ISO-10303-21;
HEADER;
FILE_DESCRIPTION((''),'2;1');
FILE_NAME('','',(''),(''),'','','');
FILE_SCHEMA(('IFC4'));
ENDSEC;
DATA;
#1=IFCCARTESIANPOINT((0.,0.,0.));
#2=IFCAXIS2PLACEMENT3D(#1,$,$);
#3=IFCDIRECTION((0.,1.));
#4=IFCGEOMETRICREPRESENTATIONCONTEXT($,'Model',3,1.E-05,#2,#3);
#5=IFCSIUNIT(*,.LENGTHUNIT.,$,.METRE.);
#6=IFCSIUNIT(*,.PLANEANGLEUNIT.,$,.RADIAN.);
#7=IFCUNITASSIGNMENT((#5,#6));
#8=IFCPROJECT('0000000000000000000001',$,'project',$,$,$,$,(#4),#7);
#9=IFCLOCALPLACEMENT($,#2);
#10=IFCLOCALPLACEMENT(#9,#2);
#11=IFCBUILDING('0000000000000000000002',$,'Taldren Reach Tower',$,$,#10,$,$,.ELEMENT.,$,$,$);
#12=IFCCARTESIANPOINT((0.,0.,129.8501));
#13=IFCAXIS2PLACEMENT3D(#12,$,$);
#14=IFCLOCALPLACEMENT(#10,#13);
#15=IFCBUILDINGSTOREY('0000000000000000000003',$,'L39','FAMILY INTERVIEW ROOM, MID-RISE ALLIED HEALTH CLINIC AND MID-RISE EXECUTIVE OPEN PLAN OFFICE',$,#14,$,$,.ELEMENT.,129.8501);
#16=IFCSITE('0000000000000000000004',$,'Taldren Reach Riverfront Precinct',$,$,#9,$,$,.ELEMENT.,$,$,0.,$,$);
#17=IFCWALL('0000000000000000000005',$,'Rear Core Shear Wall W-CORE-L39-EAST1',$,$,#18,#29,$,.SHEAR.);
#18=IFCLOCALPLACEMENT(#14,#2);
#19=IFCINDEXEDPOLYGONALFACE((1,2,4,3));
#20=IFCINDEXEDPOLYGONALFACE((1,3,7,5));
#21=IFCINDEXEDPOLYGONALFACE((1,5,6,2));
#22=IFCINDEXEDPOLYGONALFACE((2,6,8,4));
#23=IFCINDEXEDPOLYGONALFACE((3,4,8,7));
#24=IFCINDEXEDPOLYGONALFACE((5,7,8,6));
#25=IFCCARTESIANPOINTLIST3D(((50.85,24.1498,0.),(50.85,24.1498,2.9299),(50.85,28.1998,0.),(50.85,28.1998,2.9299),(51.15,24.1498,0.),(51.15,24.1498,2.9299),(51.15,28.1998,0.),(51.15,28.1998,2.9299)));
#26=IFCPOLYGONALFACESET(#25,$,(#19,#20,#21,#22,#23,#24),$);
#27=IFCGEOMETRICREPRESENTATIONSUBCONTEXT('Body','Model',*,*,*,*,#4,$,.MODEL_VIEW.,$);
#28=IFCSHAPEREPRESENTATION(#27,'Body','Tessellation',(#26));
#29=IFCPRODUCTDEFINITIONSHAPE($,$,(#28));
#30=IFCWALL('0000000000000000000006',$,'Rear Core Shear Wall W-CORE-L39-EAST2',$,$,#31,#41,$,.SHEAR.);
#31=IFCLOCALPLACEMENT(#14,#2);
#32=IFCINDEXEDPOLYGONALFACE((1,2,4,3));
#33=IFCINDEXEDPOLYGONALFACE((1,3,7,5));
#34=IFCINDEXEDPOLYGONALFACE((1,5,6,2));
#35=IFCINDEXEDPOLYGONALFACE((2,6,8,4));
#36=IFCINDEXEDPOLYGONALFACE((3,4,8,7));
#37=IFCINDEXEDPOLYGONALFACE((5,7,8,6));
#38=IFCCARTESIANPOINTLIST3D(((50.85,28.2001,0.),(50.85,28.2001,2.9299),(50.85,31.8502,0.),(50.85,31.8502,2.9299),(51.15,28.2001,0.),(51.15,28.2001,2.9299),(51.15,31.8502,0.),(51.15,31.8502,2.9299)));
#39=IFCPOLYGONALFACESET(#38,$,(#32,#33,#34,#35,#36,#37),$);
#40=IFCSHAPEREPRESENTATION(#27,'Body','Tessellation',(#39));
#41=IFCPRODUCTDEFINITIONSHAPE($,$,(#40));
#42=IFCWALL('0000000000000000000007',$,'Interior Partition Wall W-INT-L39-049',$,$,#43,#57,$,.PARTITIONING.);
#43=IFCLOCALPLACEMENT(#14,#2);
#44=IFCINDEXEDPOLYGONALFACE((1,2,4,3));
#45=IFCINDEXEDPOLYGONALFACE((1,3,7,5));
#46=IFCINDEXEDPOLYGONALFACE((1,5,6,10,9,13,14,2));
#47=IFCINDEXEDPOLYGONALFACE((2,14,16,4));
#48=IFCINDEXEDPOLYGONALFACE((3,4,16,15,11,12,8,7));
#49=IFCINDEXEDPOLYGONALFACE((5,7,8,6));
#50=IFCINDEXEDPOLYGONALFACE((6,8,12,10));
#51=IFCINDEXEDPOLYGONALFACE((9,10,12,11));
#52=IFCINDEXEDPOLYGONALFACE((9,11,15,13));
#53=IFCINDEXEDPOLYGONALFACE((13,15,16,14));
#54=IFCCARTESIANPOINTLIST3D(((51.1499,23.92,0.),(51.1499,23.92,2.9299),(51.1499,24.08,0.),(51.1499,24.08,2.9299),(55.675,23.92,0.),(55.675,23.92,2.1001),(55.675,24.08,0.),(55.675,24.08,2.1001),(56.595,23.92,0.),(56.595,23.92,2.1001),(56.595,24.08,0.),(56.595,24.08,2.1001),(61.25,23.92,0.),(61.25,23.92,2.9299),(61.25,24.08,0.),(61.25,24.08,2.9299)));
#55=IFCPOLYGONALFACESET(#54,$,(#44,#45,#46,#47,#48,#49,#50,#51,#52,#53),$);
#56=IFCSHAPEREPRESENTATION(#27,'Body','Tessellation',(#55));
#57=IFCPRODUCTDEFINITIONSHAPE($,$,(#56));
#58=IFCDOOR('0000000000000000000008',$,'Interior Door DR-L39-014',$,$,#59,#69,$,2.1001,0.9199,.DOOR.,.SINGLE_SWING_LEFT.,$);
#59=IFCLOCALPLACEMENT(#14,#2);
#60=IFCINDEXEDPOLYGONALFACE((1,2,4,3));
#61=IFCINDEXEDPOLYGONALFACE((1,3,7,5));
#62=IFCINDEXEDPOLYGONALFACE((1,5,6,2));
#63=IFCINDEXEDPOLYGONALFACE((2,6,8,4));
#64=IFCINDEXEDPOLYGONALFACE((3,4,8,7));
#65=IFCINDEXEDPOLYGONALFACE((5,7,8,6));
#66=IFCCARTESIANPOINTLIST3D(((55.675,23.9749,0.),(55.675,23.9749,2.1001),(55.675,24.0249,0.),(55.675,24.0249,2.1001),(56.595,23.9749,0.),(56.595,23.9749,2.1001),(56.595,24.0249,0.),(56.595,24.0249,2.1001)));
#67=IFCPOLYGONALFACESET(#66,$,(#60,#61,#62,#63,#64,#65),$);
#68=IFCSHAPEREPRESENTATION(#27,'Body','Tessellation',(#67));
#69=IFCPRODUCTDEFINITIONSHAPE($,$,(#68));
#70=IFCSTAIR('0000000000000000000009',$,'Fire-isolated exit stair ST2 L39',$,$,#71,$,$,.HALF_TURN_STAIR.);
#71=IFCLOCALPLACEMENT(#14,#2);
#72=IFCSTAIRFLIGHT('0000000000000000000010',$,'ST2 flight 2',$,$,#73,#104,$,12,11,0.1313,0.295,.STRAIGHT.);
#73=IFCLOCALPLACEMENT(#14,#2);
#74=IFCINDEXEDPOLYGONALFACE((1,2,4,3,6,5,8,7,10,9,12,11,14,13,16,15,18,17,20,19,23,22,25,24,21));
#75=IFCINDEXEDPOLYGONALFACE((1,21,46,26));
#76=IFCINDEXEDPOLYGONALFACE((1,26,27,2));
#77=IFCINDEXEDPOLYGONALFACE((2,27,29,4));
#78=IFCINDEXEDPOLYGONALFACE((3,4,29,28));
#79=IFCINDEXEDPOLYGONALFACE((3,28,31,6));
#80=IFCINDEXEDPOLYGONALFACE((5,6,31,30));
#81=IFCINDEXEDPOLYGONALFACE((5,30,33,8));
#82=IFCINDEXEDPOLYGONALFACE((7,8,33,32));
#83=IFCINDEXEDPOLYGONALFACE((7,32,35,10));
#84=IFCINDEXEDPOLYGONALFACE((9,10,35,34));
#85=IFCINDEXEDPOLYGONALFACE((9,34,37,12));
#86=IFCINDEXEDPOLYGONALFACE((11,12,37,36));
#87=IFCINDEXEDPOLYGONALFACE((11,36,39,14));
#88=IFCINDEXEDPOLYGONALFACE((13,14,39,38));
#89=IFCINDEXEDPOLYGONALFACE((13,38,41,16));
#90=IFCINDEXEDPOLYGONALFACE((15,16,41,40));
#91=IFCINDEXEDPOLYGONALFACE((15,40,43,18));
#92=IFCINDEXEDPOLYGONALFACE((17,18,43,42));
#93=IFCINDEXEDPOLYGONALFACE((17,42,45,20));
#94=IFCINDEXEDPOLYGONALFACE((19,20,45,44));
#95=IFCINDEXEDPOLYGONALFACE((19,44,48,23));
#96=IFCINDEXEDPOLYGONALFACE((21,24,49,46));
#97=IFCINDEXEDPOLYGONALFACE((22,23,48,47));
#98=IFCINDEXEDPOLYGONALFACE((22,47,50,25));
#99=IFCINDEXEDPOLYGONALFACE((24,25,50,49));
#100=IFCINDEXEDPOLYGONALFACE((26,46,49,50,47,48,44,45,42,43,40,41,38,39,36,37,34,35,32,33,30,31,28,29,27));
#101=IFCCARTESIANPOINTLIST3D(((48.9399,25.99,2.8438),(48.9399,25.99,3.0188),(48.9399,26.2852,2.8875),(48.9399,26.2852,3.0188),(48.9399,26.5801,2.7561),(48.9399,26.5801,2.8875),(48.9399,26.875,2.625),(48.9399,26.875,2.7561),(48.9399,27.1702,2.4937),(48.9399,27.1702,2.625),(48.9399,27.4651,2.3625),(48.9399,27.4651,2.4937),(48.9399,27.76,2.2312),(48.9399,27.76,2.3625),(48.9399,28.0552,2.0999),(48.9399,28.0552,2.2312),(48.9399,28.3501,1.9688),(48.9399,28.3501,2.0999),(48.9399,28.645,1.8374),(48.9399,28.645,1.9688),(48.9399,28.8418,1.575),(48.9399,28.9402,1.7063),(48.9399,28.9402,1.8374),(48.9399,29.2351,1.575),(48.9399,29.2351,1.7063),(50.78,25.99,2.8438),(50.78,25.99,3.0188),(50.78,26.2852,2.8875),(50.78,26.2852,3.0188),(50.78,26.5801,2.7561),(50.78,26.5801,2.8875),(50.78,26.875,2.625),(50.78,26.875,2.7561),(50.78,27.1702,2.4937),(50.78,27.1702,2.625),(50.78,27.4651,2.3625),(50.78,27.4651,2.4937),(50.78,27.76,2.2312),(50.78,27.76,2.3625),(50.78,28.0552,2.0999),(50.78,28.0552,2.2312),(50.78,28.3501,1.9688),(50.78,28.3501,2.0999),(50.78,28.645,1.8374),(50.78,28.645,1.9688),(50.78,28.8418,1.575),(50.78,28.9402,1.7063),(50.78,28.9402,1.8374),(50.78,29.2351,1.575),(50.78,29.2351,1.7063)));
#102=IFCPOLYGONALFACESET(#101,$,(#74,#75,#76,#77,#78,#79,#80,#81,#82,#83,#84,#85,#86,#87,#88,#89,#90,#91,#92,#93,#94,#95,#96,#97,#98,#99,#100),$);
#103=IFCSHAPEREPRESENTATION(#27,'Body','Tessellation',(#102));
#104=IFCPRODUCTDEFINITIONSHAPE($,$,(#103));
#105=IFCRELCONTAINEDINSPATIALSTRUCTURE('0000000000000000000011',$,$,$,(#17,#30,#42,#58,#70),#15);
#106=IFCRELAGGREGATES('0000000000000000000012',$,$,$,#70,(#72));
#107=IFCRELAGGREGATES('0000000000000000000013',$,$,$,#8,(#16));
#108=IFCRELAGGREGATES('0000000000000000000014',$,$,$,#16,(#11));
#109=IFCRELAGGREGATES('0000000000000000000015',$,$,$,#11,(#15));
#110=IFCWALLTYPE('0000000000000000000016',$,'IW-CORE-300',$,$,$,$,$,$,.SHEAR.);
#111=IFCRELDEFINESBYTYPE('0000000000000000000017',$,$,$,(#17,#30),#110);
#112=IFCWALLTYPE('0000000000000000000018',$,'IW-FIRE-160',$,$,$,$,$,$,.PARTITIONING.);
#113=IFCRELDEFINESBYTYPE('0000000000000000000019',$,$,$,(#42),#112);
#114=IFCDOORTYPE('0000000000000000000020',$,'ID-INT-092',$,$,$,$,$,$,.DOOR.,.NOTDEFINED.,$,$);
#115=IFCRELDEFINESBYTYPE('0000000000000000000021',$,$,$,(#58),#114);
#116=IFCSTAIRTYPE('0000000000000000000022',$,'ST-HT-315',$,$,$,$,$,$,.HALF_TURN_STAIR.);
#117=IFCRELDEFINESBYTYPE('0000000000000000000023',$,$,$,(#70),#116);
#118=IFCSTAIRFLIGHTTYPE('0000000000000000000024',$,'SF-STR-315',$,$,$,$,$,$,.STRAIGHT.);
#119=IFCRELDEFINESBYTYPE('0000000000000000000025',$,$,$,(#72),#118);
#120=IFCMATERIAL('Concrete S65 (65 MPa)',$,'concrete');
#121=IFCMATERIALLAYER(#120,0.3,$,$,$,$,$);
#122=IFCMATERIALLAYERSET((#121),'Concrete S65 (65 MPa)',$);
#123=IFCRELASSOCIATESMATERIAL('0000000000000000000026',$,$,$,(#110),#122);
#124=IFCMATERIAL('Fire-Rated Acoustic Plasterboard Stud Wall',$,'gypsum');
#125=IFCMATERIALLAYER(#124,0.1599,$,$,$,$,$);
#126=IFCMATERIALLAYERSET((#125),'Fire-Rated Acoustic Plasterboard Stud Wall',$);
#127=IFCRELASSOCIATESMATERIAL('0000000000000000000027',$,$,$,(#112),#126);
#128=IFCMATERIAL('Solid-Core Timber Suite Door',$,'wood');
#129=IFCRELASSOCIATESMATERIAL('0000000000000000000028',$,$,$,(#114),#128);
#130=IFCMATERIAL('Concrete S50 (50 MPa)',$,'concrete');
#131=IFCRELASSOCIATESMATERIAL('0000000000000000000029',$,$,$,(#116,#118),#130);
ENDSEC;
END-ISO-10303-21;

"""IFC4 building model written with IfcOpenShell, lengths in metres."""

from ifc_helpers import new_model, si_unit, direction, frame, frame_2d, origin, place, context, subcontext, project, spatial, polyline, rectangle, outline, extrude, source, transform, mapped, material, layer, layer_set, type_object, element, fill, aggregate, save


model = new_model("IFC4")

# Units and contexts
model_context = context("Model", 3, precision=1e-05, world=origin(), true_north=direction((0.0, 1.0)))
body_context = subcontext(model_context, "Body", "Model", "MODEL_VIEW")
ifc_project = project(units=[si_unit("LENGTHUNIT", "METRE"), si_unit("PLANEANGLEUNIT", "RADIAN")], contexts=[model_context])

# Site, building, storey
site_placement = place(None, origin())
site = spatial("IfcSite", under=ifc_project, at=site_placement, Name="Taldren Reach Riverfront Precinct", CompositionType="ELEMENT", RefElevation=0.0)
building_placement = place(site_placement, origin())
building = spatial("IfcBuilding", under=site, at=building_placement, Name="Taldren Reach Tower", CompositionType="ELEMENT")
storey_placement = place(building_placement, frame((0.0, 0.0, 129.8501)))
storey = spatial("IfcBuildingStorey", under=building, at=storey_placement, Name="L39", Description="FAMILY INTERVIEW ROOM, MID-RISE ALLIED HEALTH CLINIC AND MID-RISE EXECUTIVE OPEN PLAN OFFICE", CompositionType="ELEMENT", Elevation=129.8501)

# Walls
ifc_material_1 = material(Name="Concrete S65 (65 MPa)", Category="concrete")
ifc_layer_1 = layer(ifc_material_1, 0.3)
ifc_layer_set_1 = layer_set([ifc_layer_1], Name="Concrete S65 (65 MPa)")
wall_type_1 = type_object("IfcWallType", Name="IW-CORE-300", PredefinedType="SHEAR", material=ifc_layer_set_1)
shared_shape_1 = source(origin(), body_context, "Body", "SweptSolid", [
    extrude(rectangle(XDim=4.05, YDim=0.3, at=frame_2d((2.0249, 0.0))), origin(), (0.0, 0.0, 1.0), 2.9299),
])
wall_1_placement = place(storey_placement, frame((51.0, 24.1499, 0.0), z_axis=(0.0, 0.0, 1.0), x_axis=(0.0, 1.0, 0.0)))
element("IfcWall", 1, at=wall_1_placement, inside=storey, type_object=wall_type_1, Name="Rear Core Shear Wall W-CORE-L39-EAST1", PredefinedType="SHEAR", context=body_context, shape_type="MappedRepresentation", body=[
    mapped(shared_shape_1, transform((0.0, 0.0, 0.0), scale=1.0)),
])
shared_shape_2 = source(origin(), body_context, "Body", "SweptSolid", [
    extrude(rectangle(XDim=3.6501, YDim=0.3, at=frame_2d((1.8252, 0.0))), origin(), (0.0, 0.0, 1.0), 2.9299),
])
wall_2_placement = place(storey_placement, frame((51.0, 28.2, 0.0), z_axis=(0.0, 0.0, 1.0), x_axis=(0.0, 1.0, 0.0)))
element("IfcWall", 2, at=wall_2_placement, inside=storey, type_object=wall_type_1, Name="Rear Core Shear Wall W-CORE-L39-EAST2", PredefinedType="SHEAR", context=body_context, shape_type="MappedRepresentation", body=[
    mapped(shared_shape_2, transform((0.0, 0.0, 0.0), scale=1.0)),
])

# Wall, opening, door
ifc_material_2 = material(Name="Fire-Rated Acoustic Plasterboard Stud Wall", Category="gypsum")
ifc_layer_2 = layer(ifc_material_2, 0.1599)
ifc_layer_set_2 = layer_set([ifc_layer_2], Name="Fire-Rated Acoustic Plasterboard Stud Wall")
wall_type_2 = type_object("IfcWallType", Name="IW-FIRE-160", PredefinedType="PARTITIONING", material=ifc_layer_set_2)
shared_shape_3 = source(origin(), body_context, "Body", "SweptSolid", [
    extrude(rectangle(XDim=10.1001, YDim=0.1599, at=frame_2d((5.05, 0.0))), origin(), (0.0, 0.0, 1.0), 2.9299),
])
wall_3_placement = place(storey_placement, frame((51.1499, 24.0, 0.0), z_axis=(0.0, 0.0, 1.0), x_axis=(1.0, 0.0, 0.0)))
wall_3 = element("IfcWall", 3, at=wall_3_placement, inside=storey, type_object=wall_type_2, Name="Interior Partition Wall W-INT-L39-049", PredefinedType="PARTITIONING", context=body_context, shape_type="MappedRepresentation", body=[
    mapped(shared_shape_3, transform((0.0, 0.0, 0.0), scale=1.0)),
])
shared_shape_4 = source(origin(), body_context, "Body", "SweptSolid", [
    extrude(rectangle(XDim=0.9199, YDim=2.1001, at=frame_2d((0.46, 1.05))), frame((0.0, 0.0898, 0.0), z_axis=(0.0, -1.0, 0.0), x_axis=(1.0, 0.0, 0.0)), (0.0, 0.0, 1.0), 0.1799),
])
opening_placement = place(wall_3_placement, frame((4.5251, 0.0, 0.0)))
opening = element("IfcOpeningElement", 4, at=opening_placement, cuts=wall_3, PredefinedType="OPENING", context=body_context, shape_type="MappedRepresentation", body=[
    mapped(shared_shape_4, transform((0.0, 0.0, 0.0), scale=1.0)),
])
ifc_material_3 = material(Name="Solid-Core Timber Suite Door", Category="wood")
door_type = type_object("IfcDoorType", Name="ID-INT-092", OperationType="NOTDEFINED", PredefinedType="DOOR", material=ifc_material_3)
shared_shape_5 = source(origin(), body_context, "Body", "SweptSolid", [
    extrude(rectangle(XDim=0.9199, YDim=2.1001, at=frame_2d((0.46, 1.05))), frame((0.0, 0.0249, 0.0), z_axis=(0.0, -1.0, 0.0), x_axis=(1.0, 0.0, 0.0)), (0.0, 0.0, 1.0), 0.05),
])
door_placement = place(opening_placement, origin())
door = element("IfcDoor", 5, at=door_placement, inside=storey, type_object=door_type, Name="Interior Door DR-L39-014", OperationType="SINGLE_SWING_LEFT", OverallHeight=2.1001, OverallWidth=0.9199, PredefinedType="DOOR", context=body_context, shape_type="MappedRepresentation", body=[
    mapped(shared_shape_5, transform((0.0, 0.0, 0.0), scale=1.0)),
])
fill(opening, door)

# Stair, stair flight
ifc_material_4 = material(Name="Concrete S50 (50 MPa)", Category="concrete")
stair_type = type_object("IfcStairType", Name="ST-HT-315", PredefinedType="HALF_TURN_STAIR", material=ifc_material_4)
stair_placement = place(storey_placement, origin())
stair = element("IfcStair", 6, at=stair_placement, inside=storey, type_object=stair_type, Name="Fire-isolated exit stair ST2 L39", PredefinedType="HALF_TURN_STAIR")
stair_flight_type = type_object("IfcStairFlightType", Name="SF-STR-315", PredefinedType="STRAIGHT", material=ifc_material_4)
stair_flight_placement = place(storey_placement, frame((49.8601, 29.2351, 1.575), z_axis=(0.0, 0.0, 1.0), x_axis=(0.0, -1.0, 0.0)))
stair_flight = element("IfcStairFlight", 7, at=stair_flight_placement, type_object=stair_flight_type, Name="ST2 flight 2", NumberOfRisers=12, NumberOfTreads=11, PredefinedType="STRAIGHT", RiserHeight=0.1313, TreadLength=0.295, context=body_context, shape_type="SweptSolid", body=[
    extrude(outline(polyline([(0.0, 0.0), (0.0, 0.1313), (0.2949, 0.1313), (0.2949, 0.2625), (0.5901, 0.2625), (0.5901, 0.3938), (0.885, 0.3938), (0.885, 0.5249), (1.1799, 0.5249), (1.1799, 0.6562), (1.4751, 0.6562), (1.4751, 0.7876), (1.77, 0.7876), (1.77, 0.9187), (2.0649, 0.9187), (2.0649, 1.05), (2.3601, 1.05), (2.3601, 1.1812), (2.655, 1.1812), (2.655, 1.3125), (2.95, 1.3125), (2.95, 1.4438), (3.2451, 1.4438), (3.2451, 1.575), (3.2451, 1.2688), (0.3933, 0.0), (0.0, 0.0)])), frame((0.0, 0.9199, 0.0), z_axis=(0.0, -1.0, 0.0), x_axis=(1.0, 0.0, 0.0)), (0.0, 0.0, 1.0), 1.8401),
])
aggregate(stair, [stair_flight])

save(model, "model.ifc")
